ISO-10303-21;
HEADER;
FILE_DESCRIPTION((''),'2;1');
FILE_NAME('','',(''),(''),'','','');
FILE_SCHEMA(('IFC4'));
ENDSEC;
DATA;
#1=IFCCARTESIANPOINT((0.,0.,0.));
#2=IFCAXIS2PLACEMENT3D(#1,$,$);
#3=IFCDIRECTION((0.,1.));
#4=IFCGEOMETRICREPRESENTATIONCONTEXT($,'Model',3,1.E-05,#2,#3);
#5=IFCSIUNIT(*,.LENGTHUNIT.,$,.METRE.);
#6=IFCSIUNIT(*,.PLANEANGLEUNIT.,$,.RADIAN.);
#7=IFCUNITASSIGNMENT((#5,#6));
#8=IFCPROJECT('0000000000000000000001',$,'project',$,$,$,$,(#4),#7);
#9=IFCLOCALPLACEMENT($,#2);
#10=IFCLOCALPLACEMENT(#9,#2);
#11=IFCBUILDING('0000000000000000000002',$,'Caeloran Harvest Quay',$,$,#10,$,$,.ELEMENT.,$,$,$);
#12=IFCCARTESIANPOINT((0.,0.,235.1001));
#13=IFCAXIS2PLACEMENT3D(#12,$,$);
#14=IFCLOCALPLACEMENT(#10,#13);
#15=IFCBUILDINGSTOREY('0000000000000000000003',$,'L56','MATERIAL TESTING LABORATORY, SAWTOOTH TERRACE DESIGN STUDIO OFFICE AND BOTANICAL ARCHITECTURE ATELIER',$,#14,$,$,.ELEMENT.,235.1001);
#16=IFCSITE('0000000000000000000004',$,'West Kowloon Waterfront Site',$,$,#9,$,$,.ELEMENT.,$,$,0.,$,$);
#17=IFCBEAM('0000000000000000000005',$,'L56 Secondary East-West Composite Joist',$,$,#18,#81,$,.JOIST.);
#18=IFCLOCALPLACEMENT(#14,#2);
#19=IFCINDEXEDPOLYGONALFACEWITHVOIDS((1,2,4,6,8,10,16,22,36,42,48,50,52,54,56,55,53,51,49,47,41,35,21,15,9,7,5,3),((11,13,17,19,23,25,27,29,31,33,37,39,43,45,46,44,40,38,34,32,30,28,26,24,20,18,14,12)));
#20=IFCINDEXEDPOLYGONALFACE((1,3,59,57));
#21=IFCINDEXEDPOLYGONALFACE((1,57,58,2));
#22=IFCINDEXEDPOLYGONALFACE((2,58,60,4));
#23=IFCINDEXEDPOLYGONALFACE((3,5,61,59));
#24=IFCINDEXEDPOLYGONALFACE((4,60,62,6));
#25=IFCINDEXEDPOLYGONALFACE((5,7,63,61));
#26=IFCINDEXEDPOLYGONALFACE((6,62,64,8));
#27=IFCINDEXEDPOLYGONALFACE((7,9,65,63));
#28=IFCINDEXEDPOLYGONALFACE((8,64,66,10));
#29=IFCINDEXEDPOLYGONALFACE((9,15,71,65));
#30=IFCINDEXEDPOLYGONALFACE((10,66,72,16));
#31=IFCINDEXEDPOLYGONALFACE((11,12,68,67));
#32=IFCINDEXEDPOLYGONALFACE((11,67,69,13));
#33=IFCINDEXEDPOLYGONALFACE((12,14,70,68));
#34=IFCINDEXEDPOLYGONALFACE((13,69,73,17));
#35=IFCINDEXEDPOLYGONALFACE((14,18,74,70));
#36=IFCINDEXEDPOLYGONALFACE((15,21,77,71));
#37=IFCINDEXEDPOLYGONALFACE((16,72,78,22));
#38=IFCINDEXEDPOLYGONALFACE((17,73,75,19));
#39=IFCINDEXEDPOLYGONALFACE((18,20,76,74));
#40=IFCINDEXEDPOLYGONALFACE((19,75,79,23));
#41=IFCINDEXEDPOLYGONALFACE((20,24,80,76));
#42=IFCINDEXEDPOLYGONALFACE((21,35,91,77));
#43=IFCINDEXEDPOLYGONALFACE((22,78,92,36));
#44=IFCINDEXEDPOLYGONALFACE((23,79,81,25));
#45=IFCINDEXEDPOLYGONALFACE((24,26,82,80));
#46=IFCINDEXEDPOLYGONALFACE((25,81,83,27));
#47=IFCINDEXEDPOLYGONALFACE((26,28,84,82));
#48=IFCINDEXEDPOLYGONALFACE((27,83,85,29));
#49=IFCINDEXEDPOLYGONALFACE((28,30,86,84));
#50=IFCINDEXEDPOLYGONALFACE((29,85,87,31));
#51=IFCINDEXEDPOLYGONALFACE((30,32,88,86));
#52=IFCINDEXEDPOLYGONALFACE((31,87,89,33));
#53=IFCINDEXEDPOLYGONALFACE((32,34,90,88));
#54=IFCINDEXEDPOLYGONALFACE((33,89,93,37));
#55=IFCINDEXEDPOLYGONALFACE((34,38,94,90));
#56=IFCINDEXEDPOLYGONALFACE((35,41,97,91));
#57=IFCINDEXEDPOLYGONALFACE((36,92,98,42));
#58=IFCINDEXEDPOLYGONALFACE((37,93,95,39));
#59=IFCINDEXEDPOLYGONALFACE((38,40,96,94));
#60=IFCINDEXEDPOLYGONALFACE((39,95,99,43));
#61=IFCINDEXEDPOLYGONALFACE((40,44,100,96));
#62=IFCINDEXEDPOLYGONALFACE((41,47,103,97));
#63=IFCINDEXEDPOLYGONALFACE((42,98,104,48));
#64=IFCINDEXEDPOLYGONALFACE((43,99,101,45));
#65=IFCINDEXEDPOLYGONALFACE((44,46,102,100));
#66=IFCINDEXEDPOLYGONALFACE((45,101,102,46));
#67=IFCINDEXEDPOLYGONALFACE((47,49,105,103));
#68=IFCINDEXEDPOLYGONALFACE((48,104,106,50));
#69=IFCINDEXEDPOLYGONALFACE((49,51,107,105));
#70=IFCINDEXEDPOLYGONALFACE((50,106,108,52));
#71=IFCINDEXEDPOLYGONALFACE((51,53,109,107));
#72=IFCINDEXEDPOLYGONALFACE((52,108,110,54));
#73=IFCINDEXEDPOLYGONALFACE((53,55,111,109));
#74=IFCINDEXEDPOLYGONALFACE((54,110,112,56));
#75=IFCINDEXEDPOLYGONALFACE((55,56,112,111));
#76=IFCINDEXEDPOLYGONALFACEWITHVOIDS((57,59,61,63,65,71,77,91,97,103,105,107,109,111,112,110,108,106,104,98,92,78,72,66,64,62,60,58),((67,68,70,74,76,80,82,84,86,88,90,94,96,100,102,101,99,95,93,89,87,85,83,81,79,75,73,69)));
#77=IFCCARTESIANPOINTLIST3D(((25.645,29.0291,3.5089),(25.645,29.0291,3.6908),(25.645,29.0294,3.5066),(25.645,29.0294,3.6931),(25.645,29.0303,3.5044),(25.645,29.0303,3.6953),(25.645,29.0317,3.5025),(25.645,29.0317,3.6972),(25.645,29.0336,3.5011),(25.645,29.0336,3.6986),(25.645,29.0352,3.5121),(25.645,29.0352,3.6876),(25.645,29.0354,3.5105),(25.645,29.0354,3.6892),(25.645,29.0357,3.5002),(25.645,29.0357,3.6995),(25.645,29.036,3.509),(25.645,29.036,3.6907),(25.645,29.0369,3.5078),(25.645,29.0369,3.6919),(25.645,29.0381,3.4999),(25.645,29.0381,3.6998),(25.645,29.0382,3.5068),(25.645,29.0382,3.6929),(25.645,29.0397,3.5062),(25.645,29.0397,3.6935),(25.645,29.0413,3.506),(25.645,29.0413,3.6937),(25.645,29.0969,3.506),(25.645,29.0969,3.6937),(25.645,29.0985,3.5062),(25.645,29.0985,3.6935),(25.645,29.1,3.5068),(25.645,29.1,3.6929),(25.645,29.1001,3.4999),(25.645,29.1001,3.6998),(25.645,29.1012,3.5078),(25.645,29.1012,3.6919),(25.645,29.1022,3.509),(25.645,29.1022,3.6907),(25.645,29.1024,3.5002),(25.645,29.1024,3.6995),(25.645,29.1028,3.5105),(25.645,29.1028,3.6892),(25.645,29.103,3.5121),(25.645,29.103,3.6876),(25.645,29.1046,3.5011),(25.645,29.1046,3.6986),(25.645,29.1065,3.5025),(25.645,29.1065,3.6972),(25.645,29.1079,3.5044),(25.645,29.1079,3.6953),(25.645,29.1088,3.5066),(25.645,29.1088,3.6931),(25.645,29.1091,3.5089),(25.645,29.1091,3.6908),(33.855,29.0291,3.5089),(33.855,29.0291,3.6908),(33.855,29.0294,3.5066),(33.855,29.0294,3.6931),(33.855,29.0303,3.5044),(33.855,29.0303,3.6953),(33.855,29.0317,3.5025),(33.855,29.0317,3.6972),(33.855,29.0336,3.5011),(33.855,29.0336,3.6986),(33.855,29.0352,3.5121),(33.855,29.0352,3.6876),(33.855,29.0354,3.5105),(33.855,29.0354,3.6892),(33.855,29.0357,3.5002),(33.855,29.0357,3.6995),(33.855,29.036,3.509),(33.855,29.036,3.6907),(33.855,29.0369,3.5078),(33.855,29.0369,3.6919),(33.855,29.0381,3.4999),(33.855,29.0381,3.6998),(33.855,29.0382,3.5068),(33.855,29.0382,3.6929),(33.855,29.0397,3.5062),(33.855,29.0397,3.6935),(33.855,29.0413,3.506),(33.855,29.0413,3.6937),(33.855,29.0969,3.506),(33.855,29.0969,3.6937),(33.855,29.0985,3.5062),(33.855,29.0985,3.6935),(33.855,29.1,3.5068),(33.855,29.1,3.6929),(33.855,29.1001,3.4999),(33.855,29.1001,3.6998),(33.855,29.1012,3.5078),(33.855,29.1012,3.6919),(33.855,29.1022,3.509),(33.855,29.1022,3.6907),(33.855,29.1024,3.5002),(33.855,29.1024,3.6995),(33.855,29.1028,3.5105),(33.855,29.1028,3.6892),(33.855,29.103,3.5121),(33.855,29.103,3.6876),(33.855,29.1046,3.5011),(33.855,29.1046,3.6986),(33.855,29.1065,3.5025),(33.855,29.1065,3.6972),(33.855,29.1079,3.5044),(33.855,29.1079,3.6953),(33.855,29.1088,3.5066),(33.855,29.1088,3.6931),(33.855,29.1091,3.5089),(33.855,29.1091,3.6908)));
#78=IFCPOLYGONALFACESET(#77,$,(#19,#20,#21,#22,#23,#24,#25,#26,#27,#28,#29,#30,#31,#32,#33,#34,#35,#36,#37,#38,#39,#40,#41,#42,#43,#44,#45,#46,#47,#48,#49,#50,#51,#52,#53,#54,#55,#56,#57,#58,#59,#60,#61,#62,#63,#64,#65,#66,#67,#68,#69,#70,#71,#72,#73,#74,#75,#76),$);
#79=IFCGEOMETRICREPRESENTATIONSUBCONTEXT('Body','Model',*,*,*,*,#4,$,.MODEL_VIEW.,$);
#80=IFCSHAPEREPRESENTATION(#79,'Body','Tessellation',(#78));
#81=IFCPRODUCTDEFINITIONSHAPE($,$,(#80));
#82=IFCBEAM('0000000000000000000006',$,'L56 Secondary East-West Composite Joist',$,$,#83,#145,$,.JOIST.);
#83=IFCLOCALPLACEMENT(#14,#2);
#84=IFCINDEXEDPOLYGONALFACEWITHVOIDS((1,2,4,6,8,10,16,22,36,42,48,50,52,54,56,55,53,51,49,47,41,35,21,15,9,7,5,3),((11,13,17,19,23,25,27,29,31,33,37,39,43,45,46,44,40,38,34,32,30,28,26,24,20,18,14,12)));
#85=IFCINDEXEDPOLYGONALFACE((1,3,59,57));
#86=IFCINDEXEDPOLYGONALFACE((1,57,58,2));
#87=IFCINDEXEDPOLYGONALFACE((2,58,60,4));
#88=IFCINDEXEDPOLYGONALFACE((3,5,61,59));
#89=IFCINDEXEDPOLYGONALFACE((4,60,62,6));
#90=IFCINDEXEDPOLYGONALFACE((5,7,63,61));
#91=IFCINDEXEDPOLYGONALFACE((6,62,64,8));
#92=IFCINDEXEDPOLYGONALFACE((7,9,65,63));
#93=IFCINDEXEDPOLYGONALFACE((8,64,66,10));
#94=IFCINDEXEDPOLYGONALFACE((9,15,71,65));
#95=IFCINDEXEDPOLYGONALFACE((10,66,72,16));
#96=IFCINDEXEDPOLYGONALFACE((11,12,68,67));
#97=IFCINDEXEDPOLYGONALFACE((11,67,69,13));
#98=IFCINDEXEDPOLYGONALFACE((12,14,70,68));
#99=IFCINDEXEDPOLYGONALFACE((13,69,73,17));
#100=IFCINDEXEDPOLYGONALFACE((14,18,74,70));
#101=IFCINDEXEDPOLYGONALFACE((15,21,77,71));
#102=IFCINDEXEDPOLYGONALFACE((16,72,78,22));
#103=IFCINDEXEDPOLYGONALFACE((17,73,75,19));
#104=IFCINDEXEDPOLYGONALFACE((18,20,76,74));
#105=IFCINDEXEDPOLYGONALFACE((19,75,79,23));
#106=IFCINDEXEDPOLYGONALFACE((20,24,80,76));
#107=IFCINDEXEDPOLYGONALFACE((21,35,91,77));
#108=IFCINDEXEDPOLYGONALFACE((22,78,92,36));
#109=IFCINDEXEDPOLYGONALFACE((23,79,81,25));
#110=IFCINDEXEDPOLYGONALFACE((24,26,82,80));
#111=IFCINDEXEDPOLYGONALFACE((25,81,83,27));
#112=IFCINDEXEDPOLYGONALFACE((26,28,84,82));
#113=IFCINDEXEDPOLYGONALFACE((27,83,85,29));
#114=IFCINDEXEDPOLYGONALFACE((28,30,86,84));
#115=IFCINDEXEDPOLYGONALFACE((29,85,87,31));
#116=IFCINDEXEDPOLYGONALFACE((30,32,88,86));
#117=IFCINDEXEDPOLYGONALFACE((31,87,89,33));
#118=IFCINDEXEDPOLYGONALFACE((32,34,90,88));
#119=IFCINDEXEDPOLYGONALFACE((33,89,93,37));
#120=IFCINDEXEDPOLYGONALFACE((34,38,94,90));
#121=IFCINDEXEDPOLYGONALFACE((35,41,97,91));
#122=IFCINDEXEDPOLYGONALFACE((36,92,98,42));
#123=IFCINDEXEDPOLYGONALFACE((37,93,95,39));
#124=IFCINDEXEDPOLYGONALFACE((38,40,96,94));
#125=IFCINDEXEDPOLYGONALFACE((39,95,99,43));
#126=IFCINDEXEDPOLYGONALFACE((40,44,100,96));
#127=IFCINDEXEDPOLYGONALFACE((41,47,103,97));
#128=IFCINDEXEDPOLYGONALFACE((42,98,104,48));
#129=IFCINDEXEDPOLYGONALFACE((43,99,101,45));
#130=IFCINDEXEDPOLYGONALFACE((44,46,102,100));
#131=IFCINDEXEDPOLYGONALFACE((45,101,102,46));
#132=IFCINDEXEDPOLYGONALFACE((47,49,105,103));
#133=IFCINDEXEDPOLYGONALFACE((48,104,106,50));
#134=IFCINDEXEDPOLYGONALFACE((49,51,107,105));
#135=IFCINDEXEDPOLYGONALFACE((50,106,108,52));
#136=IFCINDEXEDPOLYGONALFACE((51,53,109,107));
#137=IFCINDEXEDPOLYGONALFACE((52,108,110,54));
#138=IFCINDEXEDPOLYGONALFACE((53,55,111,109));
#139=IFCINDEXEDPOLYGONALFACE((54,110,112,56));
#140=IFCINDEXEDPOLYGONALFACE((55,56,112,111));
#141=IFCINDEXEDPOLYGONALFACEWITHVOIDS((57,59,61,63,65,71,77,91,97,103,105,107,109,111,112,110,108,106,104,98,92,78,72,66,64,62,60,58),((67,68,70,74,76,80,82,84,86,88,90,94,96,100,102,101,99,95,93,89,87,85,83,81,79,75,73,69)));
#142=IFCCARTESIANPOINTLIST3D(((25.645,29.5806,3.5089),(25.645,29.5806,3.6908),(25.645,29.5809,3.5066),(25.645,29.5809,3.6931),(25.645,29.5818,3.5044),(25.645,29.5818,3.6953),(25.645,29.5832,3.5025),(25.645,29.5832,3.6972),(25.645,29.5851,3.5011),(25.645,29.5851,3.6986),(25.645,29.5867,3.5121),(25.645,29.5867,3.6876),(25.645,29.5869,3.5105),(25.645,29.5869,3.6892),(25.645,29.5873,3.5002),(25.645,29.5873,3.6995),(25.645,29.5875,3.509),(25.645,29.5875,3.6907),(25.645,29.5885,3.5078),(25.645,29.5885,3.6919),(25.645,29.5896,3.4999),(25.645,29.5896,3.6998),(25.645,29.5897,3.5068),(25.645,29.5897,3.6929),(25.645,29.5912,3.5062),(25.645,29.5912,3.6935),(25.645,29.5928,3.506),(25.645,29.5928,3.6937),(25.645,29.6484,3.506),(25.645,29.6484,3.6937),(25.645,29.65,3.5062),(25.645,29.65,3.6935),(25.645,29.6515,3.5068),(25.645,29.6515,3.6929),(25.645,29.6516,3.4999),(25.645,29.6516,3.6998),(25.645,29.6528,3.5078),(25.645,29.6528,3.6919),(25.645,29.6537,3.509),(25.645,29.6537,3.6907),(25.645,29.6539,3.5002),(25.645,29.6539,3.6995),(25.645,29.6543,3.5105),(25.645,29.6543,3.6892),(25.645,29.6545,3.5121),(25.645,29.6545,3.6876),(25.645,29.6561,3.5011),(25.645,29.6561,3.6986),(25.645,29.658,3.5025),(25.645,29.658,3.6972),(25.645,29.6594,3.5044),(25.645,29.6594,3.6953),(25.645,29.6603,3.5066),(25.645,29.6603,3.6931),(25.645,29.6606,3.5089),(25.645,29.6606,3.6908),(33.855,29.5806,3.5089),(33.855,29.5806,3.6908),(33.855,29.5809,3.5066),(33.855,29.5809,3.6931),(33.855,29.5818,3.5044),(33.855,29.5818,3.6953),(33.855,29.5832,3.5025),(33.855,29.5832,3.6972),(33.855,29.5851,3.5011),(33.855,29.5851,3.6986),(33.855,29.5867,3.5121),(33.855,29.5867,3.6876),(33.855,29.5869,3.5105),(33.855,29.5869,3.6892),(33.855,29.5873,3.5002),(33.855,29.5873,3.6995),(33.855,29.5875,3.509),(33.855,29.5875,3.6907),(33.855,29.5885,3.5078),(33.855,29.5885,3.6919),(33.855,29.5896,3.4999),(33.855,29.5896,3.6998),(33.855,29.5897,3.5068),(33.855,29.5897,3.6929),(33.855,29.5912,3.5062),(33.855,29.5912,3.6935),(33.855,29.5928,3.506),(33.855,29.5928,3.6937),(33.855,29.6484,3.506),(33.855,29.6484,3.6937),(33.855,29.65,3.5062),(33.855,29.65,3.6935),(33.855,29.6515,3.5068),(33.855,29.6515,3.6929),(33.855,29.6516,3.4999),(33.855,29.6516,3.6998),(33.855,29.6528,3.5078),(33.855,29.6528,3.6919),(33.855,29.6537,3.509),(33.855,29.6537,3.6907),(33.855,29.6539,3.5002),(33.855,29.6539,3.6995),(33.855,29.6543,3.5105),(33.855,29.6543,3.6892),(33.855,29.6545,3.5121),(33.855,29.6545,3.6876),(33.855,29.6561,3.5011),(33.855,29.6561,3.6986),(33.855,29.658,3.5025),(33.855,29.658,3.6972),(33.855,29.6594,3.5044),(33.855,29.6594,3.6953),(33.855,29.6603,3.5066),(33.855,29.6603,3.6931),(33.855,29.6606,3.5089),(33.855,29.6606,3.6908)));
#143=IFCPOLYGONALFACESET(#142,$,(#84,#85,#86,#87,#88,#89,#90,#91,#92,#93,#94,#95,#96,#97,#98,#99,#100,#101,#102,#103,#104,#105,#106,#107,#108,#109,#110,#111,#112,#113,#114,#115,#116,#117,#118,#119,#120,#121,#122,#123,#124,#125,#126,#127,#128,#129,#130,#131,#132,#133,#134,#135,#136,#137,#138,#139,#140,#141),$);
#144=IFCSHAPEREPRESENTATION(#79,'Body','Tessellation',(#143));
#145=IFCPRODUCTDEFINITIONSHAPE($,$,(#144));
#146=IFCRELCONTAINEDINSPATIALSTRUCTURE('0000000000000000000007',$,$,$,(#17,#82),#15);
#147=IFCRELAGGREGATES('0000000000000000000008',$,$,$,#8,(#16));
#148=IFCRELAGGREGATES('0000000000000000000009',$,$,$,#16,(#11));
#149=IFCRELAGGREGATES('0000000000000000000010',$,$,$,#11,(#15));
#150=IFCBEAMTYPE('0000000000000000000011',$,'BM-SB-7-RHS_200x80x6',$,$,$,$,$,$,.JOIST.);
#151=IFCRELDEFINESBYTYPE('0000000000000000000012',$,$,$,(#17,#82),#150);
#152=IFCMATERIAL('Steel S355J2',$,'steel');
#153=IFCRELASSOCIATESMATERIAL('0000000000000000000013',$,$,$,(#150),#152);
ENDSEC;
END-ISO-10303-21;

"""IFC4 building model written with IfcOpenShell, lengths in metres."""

from ifc_helpers import new_model, si_unit, direction, frame, origin, origin_2d, place, context, subcontext, project, spatial, hollow_rectangle, extrude, material, material_profile, profile_set, type_object, element, save


model = new_model("IFC4")

# Units and contexts
model_context = context("Model", 3, precision=1e-05, world=origin(), true_north=direction((0.0, 1.0)))
body_context = subcontext(model_context, "Body", "Model", "MODEL_VIEW")
ifc_project = project(units=[si_unit("LENGTHUNIT", "METRE"), si_unit("PLANEANGLEUNIT", "RADIAN")], contexts=[model_context])

# Site, building, storey
site_placement = place(None, origin())
site = spatial("IfcSite", under=ifc_project, at=site_placement, Name="West Kowloon Waterfront Site", CompositionType="ELEMENT", RefElevation=0.0)
building_placement = place(site_placement, origin())
building = spatial("IfcBuilding", under=site, at=building_placement, Name="Caeloran Harvest Quay", CompositionType="ELEMENT")
storey_placement = place(building_placement, frame((0.0, 0.0, 235.1001)))
storey = spatial("IfcBuildingStorey", under=building, at=storey_placement, Name="L56", Description="MATERIAL TESTING LABORATORY, SAWTOOTH TERRACE DESIGN STUDIO OFFICE AND BOTANICAL ARCHITECTURE ATELIER", CompositionType="ELEMENT", Elevation=235.1001)

# Beams
ifc_material = material(Name="Steel S355J2", Category="steel")
ifc_material_profile_1 = material_profile(ifc_material, hollow_rectangle(XDim=0.0801, YDim=0.2, WallThickness=0.0061, InnerFilletRadius=0.0061, OuterFilletRadius=0.009, at=origin_2d()), Name="RHS 200x80x6")
ifc_profile_set_1 = profile_set([ifc_material_profile_1], Name="Steel S355J2")
beam_type_1 = type_object("IfcBeamType", Name="BM-SB-7-RHS_200x80x6", PredefinedType="JOIST", material=ifc_profile_set_1)
for number, where, z_axis, x_axis, name in (
    (1, (25.645, 29.0691, 3.5999), (1.0, 0.0, 0.0), (0.0, 1.0, 0.0), "L56 Secondary East-West Composite Joist"),
    (2, (25.645, 29.6206, 3.5999), (1.0, 0.0, 0.0), (0.0, 1.0, 0.0), "L56 Secondary East-West Composite Joist"),
):
    element("IfcBeam", number, at=place(storey_placement, frame(where, z_axis=z_axis, x_axis=x_axis)), inside=storey, type_object=beam_type_1, Name=name, PredefinedType="JOIST", context=body_context, shape_type="SweptSolid", body=[
        extrude(hollow_rectangle(XDim=0.0801, YDim=0.2, WallThickness=0.0061, InnerFilletRadius=0.0061, OuterFilletRadius=0.009, at=origin_2d()), origin(), (0.0, 0.0, 1.0), 8.21),
    ])

save(model, "model.ifc")
